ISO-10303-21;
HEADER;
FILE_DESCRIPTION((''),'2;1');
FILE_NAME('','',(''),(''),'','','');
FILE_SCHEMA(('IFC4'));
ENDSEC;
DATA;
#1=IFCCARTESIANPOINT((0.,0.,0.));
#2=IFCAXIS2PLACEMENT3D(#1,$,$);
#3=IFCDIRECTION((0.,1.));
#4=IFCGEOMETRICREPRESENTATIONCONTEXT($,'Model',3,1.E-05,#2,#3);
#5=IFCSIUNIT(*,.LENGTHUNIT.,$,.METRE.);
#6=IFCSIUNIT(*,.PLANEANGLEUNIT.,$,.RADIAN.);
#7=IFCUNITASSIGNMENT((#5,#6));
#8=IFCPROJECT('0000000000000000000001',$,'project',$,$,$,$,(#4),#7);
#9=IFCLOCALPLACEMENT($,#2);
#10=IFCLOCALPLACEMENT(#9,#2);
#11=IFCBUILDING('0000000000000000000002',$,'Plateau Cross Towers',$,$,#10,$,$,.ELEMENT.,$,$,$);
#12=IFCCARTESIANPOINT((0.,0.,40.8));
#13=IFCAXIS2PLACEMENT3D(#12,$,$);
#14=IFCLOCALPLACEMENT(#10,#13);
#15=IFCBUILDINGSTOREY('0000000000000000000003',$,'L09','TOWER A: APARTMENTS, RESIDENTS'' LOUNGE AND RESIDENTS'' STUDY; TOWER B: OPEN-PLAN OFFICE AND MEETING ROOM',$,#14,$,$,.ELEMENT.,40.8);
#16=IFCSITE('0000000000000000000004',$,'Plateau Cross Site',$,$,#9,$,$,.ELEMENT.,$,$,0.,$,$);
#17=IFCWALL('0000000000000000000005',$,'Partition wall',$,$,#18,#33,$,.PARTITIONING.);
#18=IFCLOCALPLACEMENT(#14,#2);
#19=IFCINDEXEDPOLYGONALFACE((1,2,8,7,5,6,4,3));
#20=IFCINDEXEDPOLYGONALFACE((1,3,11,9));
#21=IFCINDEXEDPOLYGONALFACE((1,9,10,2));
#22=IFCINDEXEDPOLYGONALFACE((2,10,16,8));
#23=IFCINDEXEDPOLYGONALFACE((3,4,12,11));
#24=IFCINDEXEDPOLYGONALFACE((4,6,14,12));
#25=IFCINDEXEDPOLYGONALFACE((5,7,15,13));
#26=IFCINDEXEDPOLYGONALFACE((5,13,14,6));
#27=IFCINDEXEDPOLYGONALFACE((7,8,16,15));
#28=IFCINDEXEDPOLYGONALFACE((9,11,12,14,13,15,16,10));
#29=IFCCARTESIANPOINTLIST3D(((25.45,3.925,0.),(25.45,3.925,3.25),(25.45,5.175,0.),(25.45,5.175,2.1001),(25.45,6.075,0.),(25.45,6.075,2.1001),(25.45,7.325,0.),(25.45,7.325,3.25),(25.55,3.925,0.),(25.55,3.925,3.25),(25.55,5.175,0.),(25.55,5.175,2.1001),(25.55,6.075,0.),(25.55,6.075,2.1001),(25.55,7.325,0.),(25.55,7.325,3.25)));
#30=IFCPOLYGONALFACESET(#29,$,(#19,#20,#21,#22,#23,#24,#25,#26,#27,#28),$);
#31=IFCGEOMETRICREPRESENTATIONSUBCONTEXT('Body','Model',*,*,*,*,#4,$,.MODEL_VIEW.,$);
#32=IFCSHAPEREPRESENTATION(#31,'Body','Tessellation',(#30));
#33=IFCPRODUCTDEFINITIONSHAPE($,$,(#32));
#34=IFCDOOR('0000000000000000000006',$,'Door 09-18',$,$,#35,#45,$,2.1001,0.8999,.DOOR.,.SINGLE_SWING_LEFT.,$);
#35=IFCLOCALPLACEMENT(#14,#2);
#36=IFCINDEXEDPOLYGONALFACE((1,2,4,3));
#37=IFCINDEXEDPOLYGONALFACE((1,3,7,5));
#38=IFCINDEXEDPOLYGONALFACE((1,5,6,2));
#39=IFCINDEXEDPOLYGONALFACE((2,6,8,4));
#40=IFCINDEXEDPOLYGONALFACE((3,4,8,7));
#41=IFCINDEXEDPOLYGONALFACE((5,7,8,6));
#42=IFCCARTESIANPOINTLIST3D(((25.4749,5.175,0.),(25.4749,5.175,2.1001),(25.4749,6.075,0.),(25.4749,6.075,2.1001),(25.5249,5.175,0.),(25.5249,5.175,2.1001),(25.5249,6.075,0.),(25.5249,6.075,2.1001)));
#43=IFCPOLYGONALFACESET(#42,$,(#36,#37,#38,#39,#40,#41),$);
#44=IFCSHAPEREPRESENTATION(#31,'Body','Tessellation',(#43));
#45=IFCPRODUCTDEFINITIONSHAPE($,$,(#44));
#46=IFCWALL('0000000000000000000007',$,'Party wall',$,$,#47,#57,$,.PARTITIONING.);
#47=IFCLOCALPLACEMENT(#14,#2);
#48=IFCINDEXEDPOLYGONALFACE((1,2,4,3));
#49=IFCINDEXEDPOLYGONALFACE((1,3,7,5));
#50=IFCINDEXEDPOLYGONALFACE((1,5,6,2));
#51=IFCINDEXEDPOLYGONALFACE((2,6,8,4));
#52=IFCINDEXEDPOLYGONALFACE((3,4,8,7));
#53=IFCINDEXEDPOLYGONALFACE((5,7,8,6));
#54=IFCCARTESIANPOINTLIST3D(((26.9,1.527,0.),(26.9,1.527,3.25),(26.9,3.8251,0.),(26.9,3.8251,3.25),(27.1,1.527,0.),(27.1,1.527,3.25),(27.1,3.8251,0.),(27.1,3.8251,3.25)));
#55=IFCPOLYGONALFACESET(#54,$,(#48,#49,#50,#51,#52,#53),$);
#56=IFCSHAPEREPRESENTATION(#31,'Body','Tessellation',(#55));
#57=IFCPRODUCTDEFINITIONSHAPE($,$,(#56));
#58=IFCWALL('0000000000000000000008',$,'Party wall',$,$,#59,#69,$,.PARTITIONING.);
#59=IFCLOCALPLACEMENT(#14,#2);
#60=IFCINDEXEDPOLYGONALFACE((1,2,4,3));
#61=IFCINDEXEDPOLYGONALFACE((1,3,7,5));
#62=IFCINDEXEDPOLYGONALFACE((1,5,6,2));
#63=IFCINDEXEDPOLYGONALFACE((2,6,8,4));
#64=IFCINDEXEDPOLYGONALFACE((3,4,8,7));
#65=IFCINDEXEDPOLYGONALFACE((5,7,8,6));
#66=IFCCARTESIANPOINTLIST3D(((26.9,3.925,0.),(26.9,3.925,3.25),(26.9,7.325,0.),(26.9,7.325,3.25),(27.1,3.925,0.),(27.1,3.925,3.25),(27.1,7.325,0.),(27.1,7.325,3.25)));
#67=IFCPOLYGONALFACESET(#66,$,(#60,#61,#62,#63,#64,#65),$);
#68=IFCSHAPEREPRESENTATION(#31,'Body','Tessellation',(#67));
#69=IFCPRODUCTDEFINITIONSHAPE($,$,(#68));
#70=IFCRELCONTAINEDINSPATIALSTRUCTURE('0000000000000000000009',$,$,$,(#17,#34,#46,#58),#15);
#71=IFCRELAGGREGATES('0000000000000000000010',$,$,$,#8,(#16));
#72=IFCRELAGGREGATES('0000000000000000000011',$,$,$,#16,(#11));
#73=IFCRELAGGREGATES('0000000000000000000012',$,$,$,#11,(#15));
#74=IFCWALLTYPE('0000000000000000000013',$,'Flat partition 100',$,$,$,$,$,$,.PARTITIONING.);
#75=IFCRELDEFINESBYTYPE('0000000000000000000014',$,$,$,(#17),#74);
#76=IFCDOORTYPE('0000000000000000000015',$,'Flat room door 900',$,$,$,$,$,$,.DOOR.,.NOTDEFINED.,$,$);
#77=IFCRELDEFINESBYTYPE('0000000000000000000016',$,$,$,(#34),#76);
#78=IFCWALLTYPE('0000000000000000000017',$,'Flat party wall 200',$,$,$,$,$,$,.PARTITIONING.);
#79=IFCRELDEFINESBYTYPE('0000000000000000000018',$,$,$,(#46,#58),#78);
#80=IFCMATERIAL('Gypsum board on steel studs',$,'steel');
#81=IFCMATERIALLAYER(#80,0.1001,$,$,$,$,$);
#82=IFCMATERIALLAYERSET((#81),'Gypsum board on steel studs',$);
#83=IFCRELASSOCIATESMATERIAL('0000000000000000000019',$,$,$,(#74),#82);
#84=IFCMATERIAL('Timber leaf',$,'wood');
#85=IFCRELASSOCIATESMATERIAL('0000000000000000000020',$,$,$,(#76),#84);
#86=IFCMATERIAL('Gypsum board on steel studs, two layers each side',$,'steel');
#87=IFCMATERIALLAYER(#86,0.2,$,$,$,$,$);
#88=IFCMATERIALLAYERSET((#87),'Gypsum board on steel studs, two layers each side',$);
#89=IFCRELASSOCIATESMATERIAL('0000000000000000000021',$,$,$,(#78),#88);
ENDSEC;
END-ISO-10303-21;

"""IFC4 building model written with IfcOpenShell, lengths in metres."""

from ifc_helpers import new_model, si_unit, direction, frame, frame_2d, origin, place, context, subcontext, project, spatial, rectangle, extrude, material, layer, layer_set, type_object, element, fill, save


model = new_model("IFC4")

# Units and contexts
model_context = context("Model", 3, precision=1e-05, world=origin(), true_north=direction((0.0, 1.0)))
body_context = subcontext(model_context, "Body", "Model", "MODEL_VIEW")
ifc_project = project(units=[si_unit("LENGTHUNIT", "METRE"), si_unit("PLANEANGLEUNIT", "RADIAN")], contexts=[model_context])

# Site, building, storey
site_placement = place(None, origin())
site = spatial("IfcSite", under=ifc_project, at=site_placement, Name="Plateau Cross Site", CompositionType="ELEMENT", RefElevation=0.0)
building_placement = place(site_placement, origin())
building = spatial("IfcBuilding", under=site, at=building_placement, Name="Plateau Cross Towers", CompositionType="ELEMENT")
storey_placement = place(building_placement, frame((0.0, 0.0, 40.8)))
storey = spatial("IfcBuildingStorey", under=building, at=storey_placement, Name="L09", Description="TOWER A: APARTMENTS, RESIDENTS' LOUNGE AND RESIDENTS' STUDY; TOWER B: OPEN-PLAN OFFICE AND MEETING ROOM", CompositionType="ELEMENT", Elevation=40.8)

# Shared definitions
ifc_material_1 = material(Name="Gypsum board on steel studs", Category="steel")
ifc_layer_1 = layer(ifc_material_1, 0.1001)
ifc_layer_set_1 = layer_set([ifc_layer_1], Name="Gypsum board on steel studs")
wall_type_1 = type_object("IfcWallType", Name="Flat partition 100", PredefinedType="PARTITIONING", material=ifc_layer_set_1)

# Wall, opening, door
ifc_material_2 = material(Name="Timber leaf", Category="wood")
door_type_1 = type_object("IfcDoorType", Name="Flat room door 900", OperationType="NOTDEFINED", PredefinedType="DOOR", material=ifc_material_2)
wall_1_placement = place(storey_placement, frame((25.5, 7.325, 0.0), z_axis=(0.0, 0.0, 1.0), x_axis=(0.0, -1.0, 0.0)))
wall_1 = element("IfcWall", 1, at=wall_1_placement, inside=storey, type_object=wall_type_1, Name="Partition wall", PredefinedType="PARTITIONING", context=body_context, shape_type="SweptSolid", body=[
    extrude(rectangle(XDim=3.3999, YDim=0.1001, at=frame_2d((1.7, 0.0))), origin(), (0.0, 0.0, 1.0), 3.25),
])
opening_1_placement = place(wall_1_placement, frame((1.25, 0.0, 0.0)))
opening_1 = element("IfcOpeningElement", 2, at=opening_1_placement, cuts=wall_1, PredefinedType="OPENING", context=body_context, shape_type="SweptSolid", body=[
    extrude(rectangle(XDim=0.8999, YDim=2.1001, at=frame_2d((0.45, 1.05))), frame((0.0, 0.0601, 0.0), z_axis=(0.0, -1.0, 0.0), x_axis=(1.0, 0.0, 0.0)), (0.0, 0.0, 1.0), 0.1201),
])
door_1_placement = place(opening_1_placement, origin())
door_1 = element("IfcDoor", 3, at=door_1_placement, inside=storey, type_object=door_type_1, Name="Door 09-18", OperationType="SINGLE_SWING_LEFT", OverallHeight=2.1001, OverallWidth=0.8999, PredefinedType="DOOR", context=body_context, shape_type="SweptSolid", body=[
    extrude(rectangle(XDim=0.8999, YDim=2.1001, at=frame_2d((0.45, 1.05))), frame((0.0, 0.0249, 0.0), z_axis=(0.0, -1.0, 0.0), x_axis=(1.0, 0.0, 0.0)), (0.0, 0.0, 1.0), 0.05),
])
fill(opening_1, door_1)

# Walls
ifc_material_3 = material(Name="Gypsum board on steel studs, two layers each side", Category="steel")
ifc_layer_2 = layer(ifc_material_3, 0.2)
ifc_layer_set_2 = layer_set([ifc_layer_2], Name="Gypsum board on steel studs, two layers each side")
wall_type_2 = type_object("IfcWallType", Name="Flat party wall 200", PredefinedType="PARTITIONING", material=ifc_layer_set_2)
wall_2_placement = place(storey_placement, frame((27.0, 3.825, 0.0), z_axis=(0.0, 0.0, 1.0), x_axis=(0.0, -1.0, 0.0)))
element("IfcWall", 4, at=wall_2_placement, inside=storey, type_object=wall_type_2, Name="Party wall", PredefinedType="PARTITIONING", context=body_context, shape_type="SweptSolid", body=[
    extrude(rectangle(XDim=2.2981, YDim=0.2, at=frame_2d((1.1489, 0.0))), origin(), (0.0, 0.0, 1.0), 3.25),
])
wall_3_placement = place(storey_placement, frame((27.0, 3.925, 0.0), z_axis=(0.0, 0.0, 1.0), x_axis=(0.0, 1.0, 0.0)))
element("IfcWall", 5, at=wall_3_placement, inside=storey, type_object=wall_type_2, Name="Party wall", PredefinedType="PARTITIONING", context=body_context, shape_type="SweptSolid", body=[
    extrude(rectangle(XDim=3.3999, YDim=0.2, at=frame_2d((1.7, 0.0))), origin(), (0.0, 0.0, 1.0), 3.25),
])

save(model, "model.ifc")
